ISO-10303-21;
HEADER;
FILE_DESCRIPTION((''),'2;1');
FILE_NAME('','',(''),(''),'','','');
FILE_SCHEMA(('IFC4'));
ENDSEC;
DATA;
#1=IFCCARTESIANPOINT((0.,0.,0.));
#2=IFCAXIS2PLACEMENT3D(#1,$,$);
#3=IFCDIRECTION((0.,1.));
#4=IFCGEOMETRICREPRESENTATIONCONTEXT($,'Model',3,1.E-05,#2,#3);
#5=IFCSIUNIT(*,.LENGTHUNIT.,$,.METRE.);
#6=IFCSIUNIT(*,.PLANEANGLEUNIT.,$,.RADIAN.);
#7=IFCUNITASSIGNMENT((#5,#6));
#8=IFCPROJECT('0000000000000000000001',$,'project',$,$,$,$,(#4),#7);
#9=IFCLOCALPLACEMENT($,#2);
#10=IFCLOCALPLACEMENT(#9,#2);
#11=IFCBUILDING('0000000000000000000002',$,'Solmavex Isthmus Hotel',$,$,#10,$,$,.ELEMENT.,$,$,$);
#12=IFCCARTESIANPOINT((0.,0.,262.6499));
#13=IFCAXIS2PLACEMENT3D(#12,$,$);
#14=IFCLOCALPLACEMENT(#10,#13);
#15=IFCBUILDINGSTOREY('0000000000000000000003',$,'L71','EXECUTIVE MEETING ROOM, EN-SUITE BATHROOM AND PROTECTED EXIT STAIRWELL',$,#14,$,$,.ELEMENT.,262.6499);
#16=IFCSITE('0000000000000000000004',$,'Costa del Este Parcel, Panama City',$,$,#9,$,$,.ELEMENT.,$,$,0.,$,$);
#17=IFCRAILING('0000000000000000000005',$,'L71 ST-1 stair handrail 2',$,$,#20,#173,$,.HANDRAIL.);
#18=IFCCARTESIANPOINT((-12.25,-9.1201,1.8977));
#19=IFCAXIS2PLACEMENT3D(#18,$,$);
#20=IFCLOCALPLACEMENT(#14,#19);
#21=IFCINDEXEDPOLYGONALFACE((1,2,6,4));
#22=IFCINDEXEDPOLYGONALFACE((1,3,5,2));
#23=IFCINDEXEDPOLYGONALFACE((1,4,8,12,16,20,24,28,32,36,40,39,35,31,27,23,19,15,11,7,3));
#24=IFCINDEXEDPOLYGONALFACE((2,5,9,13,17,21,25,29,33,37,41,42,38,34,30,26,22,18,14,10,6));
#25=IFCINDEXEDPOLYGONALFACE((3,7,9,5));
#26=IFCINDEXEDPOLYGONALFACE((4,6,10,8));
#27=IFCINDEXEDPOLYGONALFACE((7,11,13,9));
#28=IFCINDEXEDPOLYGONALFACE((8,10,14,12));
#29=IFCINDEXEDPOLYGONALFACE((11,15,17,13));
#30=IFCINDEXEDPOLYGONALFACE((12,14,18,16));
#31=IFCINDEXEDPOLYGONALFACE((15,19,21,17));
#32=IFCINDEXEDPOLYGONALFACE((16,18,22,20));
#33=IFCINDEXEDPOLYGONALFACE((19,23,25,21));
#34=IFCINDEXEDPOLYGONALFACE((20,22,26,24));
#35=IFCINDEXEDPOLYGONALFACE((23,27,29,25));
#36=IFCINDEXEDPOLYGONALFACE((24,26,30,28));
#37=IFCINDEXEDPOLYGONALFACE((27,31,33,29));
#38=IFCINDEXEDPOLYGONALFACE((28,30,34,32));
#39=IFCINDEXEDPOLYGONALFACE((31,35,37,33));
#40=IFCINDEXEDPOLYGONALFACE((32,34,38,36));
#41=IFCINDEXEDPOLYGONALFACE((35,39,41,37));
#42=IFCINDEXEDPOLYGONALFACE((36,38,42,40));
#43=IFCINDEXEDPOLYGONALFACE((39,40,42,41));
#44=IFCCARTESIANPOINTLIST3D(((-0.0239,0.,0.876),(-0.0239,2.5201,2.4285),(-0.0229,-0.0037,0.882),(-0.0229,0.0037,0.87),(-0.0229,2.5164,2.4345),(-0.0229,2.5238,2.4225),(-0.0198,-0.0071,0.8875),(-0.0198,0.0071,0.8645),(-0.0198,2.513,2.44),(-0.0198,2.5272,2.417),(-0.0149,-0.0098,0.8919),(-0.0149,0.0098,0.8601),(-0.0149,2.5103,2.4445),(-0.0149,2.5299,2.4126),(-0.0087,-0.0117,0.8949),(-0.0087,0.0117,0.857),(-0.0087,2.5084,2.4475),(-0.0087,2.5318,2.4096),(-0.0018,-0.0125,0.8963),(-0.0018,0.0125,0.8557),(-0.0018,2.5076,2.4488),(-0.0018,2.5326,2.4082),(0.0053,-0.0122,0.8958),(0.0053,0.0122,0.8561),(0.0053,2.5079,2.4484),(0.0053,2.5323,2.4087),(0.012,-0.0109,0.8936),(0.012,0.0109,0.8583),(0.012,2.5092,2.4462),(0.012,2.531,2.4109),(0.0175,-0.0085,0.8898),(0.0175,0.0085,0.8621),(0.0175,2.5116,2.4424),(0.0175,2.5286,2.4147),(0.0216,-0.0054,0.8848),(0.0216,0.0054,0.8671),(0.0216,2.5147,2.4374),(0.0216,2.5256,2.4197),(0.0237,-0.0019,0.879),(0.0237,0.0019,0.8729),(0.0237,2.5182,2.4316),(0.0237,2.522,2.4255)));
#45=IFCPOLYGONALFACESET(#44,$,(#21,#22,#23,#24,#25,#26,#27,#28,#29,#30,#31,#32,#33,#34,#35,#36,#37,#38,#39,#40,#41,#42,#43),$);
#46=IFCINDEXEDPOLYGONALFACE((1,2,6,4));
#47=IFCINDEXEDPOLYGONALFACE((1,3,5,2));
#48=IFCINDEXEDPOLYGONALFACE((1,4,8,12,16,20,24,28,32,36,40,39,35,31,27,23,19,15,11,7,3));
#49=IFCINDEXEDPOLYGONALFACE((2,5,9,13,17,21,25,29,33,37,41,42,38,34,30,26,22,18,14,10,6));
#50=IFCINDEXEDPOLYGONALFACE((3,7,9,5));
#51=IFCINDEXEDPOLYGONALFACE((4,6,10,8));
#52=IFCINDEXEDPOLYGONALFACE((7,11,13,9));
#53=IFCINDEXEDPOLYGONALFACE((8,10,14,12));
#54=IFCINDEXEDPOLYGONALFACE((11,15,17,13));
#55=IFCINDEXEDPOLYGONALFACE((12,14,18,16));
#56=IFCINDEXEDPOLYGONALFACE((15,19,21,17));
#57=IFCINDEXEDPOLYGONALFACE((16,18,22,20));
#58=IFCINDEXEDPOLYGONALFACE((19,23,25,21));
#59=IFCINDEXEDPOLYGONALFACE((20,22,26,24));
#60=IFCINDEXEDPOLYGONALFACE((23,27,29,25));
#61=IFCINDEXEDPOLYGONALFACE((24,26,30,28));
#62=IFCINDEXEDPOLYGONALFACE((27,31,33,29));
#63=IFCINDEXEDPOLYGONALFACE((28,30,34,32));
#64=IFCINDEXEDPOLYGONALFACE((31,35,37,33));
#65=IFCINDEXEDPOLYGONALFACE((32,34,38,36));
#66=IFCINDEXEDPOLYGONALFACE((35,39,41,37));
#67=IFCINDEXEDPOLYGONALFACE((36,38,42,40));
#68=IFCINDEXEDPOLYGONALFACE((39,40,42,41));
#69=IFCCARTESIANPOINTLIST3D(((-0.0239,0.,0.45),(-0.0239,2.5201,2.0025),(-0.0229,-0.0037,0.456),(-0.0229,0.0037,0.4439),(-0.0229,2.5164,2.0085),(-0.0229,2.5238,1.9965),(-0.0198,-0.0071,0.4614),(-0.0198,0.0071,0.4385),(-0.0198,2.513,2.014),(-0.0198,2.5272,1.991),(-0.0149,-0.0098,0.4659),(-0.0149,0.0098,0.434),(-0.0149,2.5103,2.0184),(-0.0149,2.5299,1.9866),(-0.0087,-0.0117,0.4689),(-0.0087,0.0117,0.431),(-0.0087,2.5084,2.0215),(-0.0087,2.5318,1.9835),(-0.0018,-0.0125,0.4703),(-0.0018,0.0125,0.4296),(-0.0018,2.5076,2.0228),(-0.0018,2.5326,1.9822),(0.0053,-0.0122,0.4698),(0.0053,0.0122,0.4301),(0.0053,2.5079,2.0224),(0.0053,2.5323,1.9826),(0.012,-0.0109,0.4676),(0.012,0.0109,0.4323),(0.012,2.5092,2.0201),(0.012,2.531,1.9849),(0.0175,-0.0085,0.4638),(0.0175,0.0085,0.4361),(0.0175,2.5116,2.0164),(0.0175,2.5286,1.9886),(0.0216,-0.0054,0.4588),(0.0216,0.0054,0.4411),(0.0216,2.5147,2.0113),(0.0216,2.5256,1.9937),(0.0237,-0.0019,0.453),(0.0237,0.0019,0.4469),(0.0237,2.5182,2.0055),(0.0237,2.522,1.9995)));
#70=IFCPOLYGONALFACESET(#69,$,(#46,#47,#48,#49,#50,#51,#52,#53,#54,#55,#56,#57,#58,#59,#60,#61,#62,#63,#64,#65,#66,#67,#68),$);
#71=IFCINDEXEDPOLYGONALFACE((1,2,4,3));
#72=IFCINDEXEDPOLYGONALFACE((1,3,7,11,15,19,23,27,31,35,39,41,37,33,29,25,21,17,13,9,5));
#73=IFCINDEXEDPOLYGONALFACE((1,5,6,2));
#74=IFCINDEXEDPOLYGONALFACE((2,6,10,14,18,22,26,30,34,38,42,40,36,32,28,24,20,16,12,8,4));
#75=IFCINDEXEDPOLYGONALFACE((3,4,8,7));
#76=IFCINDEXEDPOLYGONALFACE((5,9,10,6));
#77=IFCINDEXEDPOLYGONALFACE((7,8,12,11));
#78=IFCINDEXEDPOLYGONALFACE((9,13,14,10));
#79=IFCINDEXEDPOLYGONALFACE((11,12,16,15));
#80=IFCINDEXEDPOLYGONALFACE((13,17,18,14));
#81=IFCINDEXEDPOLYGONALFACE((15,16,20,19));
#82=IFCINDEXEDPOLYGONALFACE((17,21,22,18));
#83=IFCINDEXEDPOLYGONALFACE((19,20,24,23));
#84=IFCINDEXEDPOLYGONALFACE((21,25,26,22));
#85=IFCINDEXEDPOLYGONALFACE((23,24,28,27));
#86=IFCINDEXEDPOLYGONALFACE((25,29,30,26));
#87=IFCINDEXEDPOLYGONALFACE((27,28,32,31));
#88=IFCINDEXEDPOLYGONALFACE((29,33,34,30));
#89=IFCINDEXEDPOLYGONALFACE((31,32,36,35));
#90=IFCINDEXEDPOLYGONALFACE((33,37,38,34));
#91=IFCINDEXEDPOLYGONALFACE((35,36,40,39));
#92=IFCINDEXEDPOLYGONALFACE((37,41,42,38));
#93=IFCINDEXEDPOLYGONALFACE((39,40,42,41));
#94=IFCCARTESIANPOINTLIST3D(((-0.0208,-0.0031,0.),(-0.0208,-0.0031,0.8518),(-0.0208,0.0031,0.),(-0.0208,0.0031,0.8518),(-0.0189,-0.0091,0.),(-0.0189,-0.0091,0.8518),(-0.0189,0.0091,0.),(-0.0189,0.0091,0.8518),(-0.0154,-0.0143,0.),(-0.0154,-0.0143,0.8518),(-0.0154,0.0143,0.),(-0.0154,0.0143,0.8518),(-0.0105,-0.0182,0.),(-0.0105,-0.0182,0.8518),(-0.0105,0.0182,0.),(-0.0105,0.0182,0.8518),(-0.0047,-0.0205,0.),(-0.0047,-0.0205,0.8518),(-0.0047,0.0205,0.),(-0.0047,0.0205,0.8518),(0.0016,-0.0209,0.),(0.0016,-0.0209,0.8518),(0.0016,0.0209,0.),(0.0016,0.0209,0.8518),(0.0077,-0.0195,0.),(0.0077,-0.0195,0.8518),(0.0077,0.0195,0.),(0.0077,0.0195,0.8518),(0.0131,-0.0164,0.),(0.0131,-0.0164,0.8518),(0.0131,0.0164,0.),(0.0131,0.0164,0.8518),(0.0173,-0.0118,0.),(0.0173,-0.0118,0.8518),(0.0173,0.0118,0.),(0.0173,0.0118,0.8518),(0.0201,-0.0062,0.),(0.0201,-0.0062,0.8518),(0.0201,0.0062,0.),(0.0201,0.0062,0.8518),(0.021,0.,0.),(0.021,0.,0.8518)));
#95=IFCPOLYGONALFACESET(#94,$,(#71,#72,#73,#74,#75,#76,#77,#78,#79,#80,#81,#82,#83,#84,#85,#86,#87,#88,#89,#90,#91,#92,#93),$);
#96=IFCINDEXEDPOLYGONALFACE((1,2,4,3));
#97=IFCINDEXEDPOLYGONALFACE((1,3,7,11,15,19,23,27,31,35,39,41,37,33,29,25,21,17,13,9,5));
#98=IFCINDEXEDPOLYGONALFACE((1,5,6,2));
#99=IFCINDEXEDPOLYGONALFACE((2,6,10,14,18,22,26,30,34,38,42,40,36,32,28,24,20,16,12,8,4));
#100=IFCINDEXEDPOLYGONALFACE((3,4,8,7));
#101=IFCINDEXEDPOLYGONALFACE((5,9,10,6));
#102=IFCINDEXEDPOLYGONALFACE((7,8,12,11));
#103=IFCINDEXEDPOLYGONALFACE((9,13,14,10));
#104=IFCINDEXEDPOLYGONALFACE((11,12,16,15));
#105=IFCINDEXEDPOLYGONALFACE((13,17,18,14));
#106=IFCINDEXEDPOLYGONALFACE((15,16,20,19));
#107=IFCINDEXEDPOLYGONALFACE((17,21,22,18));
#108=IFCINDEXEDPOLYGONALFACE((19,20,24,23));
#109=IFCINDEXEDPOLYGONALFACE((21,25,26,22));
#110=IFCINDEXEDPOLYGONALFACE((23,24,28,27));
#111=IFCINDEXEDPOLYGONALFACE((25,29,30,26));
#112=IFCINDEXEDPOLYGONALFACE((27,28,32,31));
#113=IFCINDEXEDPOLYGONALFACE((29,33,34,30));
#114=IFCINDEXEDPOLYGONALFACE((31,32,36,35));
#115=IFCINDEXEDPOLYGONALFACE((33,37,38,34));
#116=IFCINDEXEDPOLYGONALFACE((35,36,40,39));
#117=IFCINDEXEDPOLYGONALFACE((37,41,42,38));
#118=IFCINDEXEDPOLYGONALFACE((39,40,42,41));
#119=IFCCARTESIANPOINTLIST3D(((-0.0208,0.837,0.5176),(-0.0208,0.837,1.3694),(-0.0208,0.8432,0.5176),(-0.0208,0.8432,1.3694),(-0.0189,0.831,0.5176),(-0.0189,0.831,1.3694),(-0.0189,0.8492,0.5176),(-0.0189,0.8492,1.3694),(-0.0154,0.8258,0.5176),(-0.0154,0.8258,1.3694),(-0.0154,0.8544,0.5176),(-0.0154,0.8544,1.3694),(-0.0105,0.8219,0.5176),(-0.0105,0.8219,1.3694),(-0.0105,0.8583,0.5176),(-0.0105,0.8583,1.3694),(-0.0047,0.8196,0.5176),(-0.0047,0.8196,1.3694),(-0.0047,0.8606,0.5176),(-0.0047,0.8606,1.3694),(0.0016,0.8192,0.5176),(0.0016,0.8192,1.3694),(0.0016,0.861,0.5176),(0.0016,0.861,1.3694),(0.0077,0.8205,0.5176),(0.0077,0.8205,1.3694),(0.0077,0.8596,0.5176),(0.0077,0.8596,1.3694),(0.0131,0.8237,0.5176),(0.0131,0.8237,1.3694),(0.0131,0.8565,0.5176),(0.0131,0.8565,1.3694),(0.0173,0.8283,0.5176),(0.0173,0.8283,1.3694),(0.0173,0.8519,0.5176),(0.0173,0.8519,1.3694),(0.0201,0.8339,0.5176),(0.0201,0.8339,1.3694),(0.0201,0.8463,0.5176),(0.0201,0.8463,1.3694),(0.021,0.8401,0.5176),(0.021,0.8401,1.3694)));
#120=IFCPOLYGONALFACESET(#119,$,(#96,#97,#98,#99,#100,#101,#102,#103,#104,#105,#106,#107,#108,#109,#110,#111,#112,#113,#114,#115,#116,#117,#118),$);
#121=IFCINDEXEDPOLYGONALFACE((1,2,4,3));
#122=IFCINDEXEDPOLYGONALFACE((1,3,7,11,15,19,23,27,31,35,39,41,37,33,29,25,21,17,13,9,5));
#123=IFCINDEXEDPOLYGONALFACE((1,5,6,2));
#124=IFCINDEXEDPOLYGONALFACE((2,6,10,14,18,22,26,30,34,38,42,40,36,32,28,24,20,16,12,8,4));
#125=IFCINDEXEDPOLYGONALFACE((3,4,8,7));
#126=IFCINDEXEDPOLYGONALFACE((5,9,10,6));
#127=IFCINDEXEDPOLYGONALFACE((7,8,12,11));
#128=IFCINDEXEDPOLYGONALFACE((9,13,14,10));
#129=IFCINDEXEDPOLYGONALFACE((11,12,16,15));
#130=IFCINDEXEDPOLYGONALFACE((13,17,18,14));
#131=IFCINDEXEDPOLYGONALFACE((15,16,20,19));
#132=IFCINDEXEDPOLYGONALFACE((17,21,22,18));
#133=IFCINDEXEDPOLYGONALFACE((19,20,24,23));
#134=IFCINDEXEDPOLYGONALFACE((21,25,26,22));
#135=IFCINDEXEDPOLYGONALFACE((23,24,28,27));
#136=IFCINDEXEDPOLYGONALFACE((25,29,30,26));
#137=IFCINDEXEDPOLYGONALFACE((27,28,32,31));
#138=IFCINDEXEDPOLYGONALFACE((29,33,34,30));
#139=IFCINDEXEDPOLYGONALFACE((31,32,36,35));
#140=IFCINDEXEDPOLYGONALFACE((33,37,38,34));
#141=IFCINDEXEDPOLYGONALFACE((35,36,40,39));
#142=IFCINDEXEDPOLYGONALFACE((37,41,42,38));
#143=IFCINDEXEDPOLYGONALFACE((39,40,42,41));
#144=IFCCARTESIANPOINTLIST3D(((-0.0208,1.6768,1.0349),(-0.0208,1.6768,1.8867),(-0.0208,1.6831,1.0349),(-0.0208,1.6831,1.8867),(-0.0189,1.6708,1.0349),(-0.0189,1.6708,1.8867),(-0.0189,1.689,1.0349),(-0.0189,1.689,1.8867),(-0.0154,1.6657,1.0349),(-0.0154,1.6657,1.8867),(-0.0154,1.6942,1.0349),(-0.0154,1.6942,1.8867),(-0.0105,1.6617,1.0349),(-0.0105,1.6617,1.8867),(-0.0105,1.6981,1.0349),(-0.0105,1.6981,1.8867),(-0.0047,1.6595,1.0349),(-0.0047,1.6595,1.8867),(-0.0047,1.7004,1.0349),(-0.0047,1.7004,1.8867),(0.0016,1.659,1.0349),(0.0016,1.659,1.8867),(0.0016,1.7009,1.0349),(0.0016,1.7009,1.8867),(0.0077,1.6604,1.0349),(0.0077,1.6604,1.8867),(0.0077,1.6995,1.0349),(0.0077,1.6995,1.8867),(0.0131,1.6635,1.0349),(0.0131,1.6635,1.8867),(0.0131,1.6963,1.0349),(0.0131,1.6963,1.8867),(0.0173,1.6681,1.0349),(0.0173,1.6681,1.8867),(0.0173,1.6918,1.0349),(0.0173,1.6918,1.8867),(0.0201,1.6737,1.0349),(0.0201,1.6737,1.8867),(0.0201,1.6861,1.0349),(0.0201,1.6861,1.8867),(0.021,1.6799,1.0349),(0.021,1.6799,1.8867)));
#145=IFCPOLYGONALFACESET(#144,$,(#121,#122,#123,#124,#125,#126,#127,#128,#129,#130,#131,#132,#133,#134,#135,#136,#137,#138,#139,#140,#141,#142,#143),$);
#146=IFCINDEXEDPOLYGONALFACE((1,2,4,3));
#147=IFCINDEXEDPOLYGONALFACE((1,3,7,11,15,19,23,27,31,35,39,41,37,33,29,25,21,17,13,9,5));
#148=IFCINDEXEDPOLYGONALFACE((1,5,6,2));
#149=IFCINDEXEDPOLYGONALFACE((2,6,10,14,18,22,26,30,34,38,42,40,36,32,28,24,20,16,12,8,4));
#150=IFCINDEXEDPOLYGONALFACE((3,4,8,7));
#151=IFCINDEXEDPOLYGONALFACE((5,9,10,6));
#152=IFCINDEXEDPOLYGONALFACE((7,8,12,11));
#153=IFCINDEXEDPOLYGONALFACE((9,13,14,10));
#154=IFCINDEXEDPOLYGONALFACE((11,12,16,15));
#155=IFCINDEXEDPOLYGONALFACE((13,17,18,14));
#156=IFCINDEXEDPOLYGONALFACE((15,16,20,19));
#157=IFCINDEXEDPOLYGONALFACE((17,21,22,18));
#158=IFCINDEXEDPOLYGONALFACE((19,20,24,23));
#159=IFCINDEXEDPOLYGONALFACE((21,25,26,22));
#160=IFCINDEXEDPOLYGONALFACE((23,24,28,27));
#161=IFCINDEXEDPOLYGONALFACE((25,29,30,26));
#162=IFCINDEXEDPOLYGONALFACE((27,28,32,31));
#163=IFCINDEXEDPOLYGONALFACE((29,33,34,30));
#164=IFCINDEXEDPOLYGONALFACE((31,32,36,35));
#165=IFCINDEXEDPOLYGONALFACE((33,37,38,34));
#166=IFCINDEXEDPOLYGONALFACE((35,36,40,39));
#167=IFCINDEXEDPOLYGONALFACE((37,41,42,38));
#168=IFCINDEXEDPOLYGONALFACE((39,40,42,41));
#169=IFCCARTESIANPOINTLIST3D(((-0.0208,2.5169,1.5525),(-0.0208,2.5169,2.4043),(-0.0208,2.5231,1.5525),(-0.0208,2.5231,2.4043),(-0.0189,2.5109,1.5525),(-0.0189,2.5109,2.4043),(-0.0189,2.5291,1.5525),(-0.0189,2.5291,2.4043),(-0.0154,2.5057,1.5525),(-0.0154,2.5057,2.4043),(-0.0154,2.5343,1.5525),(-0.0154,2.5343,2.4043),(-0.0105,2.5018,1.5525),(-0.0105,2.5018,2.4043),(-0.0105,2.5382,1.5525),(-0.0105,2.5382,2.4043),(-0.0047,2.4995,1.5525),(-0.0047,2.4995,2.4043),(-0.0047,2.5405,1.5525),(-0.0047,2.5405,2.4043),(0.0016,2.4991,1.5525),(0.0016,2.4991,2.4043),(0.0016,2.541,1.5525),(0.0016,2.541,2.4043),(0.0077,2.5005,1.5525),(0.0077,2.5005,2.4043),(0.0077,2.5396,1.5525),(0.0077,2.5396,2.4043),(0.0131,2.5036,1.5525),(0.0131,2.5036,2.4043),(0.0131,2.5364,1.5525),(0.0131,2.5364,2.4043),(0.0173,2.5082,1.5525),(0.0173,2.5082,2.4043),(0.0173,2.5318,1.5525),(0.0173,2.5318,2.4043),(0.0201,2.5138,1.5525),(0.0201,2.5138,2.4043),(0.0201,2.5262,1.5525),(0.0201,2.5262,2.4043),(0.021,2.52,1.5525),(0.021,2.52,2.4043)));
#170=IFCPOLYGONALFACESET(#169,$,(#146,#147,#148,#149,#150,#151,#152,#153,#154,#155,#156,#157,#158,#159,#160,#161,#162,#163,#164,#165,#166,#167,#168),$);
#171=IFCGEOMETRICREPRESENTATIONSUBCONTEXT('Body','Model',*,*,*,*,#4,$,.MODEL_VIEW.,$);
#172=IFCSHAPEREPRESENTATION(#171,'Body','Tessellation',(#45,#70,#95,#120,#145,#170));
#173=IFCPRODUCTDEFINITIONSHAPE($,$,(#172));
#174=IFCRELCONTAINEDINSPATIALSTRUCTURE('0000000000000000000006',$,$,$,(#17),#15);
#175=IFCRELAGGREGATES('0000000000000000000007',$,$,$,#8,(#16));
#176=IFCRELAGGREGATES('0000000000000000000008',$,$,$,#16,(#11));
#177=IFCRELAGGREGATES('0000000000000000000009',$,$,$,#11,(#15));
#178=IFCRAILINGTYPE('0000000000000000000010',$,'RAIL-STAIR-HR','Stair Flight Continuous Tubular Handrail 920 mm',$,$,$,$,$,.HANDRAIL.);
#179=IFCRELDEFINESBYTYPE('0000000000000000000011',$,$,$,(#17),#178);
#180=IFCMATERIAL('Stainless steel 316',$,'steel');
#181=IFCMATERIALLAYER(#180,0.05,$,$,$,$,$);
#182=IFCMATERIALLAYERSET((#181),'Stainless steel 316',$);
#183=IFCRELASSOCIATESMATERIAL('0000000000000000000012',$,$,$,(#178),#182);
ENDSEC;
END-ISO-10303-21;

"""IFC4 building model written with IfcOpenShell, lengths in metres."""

from ifc_helpers import new_model, si_unit, direction, frame, origin, origin_2d, place, context, subcontext, project, spatial, circle, extrude, material, layer, layer_set, type_object, element, save


model = new_model("IFC4")

# Units and contexts
model_context = context("Model", 3, precision=1e-05, world=origin(), true_north=direction((0.0, 1.0)))
body_context = subcontext(model_context, "Body", "Model", "MODEL_VIEW")
ifc_project = project(units=[si_unit("LENGTHUNIT", "METRE"), si_unit("PLANEANGLEUNIT", "RADIAN")], contexts=[model_context])

# Site, building, storey
site_placement = place(None, origin())
site = spatial("IfcSite", under=ifc_project, at=site_placement, Name="Costa del Este Parcel, Panama City", CompositionType="ELEMENT", RefElevation=0.0)
building_placement = place(site_placement, origin())
building = spatial("IfcBuilding", under=site, at=building_placement, Name="Solmavex Isthmus Hotel", CompositionType="ELEMENT")
storey_placement = place(building_placement, frame((0.0, 0.0, 262.6499)))
storey = spatial("IfcBuildingStorey", under=building, at=storey_placement, Name="L71", Description="EXECUTIVE MEETING ROOM, EN-SUITE BATHROOM AND PROTECTED EXIT STAIRWELL", CompositionType="ELEMENT", Elevation=262.6499)

# Shared definitions
ifc_material_1 = material(Name="Stainless steel 316", Category="steel")

# Railing
ifc_layer_1 = layer(ifc_material_1, 0.05)
ifc_layer_set_1 = layer_set([ifc_layer_1], Name="Stainless steel 316")
railing_type_1 = type_object("IfcRailingType", Name="RAIL-STAIR-HR", Description="Stair Flight Continuous Tubular Handrail 920 mm", PredefinedType="HANDRAIL", material=ifc_layer_set_1)
railing_1_placement = place(storey_placement, frame((-12.25, -9.1201, 1.8977)))
element("IfcRailing", 1, at=railing_1_placement, inside=storey, type_object=railing_type_1, Name="L71 ST-1 stair handrail 2", PredefinedType="HANDRAIL", context=body_context, shape_type="SweptSolid", body=[
    extrude(circle(Radius=0.0239, at=origin_2d()), frame((0.0, 0.0, 0.876), z_axis=(0.0, 0.8514, 0.524516), x_axis=(-1.0, 0.0, 0.0)), (0.0, 0.0, 1.0), 2.96),
    extrude(circle(Radius=0.0239, at=origin_2d()), frame((0.0, 0.0, 0.45), z_axis=(0.0, 0.8514, 0.524516), x_axis=(-1.0, 0.0, 0.0)), (0.0, 0.0, 1.0), 2.96),
    extrude(circle(Radius=0.021, at=origin_2d()), origin(), (0.0, 0.0, 1.0), 0.8518),
    extrude(circle(Radius=0.021, at=origin_2d()), frame((0.0, 0.8401, 0.5176)), (0.0, 0.0, 1.0), 0.8518),
    extrude(circle(Radius=0.021, at=origin_2d()), frame((0.0, 1.6799, 1.0349)), (0.0, 0.0, 1.0), 0.8518),
    extrude(circle(Radius=0.021, at=origin_2d()), frame((0.0, 2.52, 1.5525)), (0.0, 0.0, 1.0), 0.8518),
])

save(model, "model.ifc")
